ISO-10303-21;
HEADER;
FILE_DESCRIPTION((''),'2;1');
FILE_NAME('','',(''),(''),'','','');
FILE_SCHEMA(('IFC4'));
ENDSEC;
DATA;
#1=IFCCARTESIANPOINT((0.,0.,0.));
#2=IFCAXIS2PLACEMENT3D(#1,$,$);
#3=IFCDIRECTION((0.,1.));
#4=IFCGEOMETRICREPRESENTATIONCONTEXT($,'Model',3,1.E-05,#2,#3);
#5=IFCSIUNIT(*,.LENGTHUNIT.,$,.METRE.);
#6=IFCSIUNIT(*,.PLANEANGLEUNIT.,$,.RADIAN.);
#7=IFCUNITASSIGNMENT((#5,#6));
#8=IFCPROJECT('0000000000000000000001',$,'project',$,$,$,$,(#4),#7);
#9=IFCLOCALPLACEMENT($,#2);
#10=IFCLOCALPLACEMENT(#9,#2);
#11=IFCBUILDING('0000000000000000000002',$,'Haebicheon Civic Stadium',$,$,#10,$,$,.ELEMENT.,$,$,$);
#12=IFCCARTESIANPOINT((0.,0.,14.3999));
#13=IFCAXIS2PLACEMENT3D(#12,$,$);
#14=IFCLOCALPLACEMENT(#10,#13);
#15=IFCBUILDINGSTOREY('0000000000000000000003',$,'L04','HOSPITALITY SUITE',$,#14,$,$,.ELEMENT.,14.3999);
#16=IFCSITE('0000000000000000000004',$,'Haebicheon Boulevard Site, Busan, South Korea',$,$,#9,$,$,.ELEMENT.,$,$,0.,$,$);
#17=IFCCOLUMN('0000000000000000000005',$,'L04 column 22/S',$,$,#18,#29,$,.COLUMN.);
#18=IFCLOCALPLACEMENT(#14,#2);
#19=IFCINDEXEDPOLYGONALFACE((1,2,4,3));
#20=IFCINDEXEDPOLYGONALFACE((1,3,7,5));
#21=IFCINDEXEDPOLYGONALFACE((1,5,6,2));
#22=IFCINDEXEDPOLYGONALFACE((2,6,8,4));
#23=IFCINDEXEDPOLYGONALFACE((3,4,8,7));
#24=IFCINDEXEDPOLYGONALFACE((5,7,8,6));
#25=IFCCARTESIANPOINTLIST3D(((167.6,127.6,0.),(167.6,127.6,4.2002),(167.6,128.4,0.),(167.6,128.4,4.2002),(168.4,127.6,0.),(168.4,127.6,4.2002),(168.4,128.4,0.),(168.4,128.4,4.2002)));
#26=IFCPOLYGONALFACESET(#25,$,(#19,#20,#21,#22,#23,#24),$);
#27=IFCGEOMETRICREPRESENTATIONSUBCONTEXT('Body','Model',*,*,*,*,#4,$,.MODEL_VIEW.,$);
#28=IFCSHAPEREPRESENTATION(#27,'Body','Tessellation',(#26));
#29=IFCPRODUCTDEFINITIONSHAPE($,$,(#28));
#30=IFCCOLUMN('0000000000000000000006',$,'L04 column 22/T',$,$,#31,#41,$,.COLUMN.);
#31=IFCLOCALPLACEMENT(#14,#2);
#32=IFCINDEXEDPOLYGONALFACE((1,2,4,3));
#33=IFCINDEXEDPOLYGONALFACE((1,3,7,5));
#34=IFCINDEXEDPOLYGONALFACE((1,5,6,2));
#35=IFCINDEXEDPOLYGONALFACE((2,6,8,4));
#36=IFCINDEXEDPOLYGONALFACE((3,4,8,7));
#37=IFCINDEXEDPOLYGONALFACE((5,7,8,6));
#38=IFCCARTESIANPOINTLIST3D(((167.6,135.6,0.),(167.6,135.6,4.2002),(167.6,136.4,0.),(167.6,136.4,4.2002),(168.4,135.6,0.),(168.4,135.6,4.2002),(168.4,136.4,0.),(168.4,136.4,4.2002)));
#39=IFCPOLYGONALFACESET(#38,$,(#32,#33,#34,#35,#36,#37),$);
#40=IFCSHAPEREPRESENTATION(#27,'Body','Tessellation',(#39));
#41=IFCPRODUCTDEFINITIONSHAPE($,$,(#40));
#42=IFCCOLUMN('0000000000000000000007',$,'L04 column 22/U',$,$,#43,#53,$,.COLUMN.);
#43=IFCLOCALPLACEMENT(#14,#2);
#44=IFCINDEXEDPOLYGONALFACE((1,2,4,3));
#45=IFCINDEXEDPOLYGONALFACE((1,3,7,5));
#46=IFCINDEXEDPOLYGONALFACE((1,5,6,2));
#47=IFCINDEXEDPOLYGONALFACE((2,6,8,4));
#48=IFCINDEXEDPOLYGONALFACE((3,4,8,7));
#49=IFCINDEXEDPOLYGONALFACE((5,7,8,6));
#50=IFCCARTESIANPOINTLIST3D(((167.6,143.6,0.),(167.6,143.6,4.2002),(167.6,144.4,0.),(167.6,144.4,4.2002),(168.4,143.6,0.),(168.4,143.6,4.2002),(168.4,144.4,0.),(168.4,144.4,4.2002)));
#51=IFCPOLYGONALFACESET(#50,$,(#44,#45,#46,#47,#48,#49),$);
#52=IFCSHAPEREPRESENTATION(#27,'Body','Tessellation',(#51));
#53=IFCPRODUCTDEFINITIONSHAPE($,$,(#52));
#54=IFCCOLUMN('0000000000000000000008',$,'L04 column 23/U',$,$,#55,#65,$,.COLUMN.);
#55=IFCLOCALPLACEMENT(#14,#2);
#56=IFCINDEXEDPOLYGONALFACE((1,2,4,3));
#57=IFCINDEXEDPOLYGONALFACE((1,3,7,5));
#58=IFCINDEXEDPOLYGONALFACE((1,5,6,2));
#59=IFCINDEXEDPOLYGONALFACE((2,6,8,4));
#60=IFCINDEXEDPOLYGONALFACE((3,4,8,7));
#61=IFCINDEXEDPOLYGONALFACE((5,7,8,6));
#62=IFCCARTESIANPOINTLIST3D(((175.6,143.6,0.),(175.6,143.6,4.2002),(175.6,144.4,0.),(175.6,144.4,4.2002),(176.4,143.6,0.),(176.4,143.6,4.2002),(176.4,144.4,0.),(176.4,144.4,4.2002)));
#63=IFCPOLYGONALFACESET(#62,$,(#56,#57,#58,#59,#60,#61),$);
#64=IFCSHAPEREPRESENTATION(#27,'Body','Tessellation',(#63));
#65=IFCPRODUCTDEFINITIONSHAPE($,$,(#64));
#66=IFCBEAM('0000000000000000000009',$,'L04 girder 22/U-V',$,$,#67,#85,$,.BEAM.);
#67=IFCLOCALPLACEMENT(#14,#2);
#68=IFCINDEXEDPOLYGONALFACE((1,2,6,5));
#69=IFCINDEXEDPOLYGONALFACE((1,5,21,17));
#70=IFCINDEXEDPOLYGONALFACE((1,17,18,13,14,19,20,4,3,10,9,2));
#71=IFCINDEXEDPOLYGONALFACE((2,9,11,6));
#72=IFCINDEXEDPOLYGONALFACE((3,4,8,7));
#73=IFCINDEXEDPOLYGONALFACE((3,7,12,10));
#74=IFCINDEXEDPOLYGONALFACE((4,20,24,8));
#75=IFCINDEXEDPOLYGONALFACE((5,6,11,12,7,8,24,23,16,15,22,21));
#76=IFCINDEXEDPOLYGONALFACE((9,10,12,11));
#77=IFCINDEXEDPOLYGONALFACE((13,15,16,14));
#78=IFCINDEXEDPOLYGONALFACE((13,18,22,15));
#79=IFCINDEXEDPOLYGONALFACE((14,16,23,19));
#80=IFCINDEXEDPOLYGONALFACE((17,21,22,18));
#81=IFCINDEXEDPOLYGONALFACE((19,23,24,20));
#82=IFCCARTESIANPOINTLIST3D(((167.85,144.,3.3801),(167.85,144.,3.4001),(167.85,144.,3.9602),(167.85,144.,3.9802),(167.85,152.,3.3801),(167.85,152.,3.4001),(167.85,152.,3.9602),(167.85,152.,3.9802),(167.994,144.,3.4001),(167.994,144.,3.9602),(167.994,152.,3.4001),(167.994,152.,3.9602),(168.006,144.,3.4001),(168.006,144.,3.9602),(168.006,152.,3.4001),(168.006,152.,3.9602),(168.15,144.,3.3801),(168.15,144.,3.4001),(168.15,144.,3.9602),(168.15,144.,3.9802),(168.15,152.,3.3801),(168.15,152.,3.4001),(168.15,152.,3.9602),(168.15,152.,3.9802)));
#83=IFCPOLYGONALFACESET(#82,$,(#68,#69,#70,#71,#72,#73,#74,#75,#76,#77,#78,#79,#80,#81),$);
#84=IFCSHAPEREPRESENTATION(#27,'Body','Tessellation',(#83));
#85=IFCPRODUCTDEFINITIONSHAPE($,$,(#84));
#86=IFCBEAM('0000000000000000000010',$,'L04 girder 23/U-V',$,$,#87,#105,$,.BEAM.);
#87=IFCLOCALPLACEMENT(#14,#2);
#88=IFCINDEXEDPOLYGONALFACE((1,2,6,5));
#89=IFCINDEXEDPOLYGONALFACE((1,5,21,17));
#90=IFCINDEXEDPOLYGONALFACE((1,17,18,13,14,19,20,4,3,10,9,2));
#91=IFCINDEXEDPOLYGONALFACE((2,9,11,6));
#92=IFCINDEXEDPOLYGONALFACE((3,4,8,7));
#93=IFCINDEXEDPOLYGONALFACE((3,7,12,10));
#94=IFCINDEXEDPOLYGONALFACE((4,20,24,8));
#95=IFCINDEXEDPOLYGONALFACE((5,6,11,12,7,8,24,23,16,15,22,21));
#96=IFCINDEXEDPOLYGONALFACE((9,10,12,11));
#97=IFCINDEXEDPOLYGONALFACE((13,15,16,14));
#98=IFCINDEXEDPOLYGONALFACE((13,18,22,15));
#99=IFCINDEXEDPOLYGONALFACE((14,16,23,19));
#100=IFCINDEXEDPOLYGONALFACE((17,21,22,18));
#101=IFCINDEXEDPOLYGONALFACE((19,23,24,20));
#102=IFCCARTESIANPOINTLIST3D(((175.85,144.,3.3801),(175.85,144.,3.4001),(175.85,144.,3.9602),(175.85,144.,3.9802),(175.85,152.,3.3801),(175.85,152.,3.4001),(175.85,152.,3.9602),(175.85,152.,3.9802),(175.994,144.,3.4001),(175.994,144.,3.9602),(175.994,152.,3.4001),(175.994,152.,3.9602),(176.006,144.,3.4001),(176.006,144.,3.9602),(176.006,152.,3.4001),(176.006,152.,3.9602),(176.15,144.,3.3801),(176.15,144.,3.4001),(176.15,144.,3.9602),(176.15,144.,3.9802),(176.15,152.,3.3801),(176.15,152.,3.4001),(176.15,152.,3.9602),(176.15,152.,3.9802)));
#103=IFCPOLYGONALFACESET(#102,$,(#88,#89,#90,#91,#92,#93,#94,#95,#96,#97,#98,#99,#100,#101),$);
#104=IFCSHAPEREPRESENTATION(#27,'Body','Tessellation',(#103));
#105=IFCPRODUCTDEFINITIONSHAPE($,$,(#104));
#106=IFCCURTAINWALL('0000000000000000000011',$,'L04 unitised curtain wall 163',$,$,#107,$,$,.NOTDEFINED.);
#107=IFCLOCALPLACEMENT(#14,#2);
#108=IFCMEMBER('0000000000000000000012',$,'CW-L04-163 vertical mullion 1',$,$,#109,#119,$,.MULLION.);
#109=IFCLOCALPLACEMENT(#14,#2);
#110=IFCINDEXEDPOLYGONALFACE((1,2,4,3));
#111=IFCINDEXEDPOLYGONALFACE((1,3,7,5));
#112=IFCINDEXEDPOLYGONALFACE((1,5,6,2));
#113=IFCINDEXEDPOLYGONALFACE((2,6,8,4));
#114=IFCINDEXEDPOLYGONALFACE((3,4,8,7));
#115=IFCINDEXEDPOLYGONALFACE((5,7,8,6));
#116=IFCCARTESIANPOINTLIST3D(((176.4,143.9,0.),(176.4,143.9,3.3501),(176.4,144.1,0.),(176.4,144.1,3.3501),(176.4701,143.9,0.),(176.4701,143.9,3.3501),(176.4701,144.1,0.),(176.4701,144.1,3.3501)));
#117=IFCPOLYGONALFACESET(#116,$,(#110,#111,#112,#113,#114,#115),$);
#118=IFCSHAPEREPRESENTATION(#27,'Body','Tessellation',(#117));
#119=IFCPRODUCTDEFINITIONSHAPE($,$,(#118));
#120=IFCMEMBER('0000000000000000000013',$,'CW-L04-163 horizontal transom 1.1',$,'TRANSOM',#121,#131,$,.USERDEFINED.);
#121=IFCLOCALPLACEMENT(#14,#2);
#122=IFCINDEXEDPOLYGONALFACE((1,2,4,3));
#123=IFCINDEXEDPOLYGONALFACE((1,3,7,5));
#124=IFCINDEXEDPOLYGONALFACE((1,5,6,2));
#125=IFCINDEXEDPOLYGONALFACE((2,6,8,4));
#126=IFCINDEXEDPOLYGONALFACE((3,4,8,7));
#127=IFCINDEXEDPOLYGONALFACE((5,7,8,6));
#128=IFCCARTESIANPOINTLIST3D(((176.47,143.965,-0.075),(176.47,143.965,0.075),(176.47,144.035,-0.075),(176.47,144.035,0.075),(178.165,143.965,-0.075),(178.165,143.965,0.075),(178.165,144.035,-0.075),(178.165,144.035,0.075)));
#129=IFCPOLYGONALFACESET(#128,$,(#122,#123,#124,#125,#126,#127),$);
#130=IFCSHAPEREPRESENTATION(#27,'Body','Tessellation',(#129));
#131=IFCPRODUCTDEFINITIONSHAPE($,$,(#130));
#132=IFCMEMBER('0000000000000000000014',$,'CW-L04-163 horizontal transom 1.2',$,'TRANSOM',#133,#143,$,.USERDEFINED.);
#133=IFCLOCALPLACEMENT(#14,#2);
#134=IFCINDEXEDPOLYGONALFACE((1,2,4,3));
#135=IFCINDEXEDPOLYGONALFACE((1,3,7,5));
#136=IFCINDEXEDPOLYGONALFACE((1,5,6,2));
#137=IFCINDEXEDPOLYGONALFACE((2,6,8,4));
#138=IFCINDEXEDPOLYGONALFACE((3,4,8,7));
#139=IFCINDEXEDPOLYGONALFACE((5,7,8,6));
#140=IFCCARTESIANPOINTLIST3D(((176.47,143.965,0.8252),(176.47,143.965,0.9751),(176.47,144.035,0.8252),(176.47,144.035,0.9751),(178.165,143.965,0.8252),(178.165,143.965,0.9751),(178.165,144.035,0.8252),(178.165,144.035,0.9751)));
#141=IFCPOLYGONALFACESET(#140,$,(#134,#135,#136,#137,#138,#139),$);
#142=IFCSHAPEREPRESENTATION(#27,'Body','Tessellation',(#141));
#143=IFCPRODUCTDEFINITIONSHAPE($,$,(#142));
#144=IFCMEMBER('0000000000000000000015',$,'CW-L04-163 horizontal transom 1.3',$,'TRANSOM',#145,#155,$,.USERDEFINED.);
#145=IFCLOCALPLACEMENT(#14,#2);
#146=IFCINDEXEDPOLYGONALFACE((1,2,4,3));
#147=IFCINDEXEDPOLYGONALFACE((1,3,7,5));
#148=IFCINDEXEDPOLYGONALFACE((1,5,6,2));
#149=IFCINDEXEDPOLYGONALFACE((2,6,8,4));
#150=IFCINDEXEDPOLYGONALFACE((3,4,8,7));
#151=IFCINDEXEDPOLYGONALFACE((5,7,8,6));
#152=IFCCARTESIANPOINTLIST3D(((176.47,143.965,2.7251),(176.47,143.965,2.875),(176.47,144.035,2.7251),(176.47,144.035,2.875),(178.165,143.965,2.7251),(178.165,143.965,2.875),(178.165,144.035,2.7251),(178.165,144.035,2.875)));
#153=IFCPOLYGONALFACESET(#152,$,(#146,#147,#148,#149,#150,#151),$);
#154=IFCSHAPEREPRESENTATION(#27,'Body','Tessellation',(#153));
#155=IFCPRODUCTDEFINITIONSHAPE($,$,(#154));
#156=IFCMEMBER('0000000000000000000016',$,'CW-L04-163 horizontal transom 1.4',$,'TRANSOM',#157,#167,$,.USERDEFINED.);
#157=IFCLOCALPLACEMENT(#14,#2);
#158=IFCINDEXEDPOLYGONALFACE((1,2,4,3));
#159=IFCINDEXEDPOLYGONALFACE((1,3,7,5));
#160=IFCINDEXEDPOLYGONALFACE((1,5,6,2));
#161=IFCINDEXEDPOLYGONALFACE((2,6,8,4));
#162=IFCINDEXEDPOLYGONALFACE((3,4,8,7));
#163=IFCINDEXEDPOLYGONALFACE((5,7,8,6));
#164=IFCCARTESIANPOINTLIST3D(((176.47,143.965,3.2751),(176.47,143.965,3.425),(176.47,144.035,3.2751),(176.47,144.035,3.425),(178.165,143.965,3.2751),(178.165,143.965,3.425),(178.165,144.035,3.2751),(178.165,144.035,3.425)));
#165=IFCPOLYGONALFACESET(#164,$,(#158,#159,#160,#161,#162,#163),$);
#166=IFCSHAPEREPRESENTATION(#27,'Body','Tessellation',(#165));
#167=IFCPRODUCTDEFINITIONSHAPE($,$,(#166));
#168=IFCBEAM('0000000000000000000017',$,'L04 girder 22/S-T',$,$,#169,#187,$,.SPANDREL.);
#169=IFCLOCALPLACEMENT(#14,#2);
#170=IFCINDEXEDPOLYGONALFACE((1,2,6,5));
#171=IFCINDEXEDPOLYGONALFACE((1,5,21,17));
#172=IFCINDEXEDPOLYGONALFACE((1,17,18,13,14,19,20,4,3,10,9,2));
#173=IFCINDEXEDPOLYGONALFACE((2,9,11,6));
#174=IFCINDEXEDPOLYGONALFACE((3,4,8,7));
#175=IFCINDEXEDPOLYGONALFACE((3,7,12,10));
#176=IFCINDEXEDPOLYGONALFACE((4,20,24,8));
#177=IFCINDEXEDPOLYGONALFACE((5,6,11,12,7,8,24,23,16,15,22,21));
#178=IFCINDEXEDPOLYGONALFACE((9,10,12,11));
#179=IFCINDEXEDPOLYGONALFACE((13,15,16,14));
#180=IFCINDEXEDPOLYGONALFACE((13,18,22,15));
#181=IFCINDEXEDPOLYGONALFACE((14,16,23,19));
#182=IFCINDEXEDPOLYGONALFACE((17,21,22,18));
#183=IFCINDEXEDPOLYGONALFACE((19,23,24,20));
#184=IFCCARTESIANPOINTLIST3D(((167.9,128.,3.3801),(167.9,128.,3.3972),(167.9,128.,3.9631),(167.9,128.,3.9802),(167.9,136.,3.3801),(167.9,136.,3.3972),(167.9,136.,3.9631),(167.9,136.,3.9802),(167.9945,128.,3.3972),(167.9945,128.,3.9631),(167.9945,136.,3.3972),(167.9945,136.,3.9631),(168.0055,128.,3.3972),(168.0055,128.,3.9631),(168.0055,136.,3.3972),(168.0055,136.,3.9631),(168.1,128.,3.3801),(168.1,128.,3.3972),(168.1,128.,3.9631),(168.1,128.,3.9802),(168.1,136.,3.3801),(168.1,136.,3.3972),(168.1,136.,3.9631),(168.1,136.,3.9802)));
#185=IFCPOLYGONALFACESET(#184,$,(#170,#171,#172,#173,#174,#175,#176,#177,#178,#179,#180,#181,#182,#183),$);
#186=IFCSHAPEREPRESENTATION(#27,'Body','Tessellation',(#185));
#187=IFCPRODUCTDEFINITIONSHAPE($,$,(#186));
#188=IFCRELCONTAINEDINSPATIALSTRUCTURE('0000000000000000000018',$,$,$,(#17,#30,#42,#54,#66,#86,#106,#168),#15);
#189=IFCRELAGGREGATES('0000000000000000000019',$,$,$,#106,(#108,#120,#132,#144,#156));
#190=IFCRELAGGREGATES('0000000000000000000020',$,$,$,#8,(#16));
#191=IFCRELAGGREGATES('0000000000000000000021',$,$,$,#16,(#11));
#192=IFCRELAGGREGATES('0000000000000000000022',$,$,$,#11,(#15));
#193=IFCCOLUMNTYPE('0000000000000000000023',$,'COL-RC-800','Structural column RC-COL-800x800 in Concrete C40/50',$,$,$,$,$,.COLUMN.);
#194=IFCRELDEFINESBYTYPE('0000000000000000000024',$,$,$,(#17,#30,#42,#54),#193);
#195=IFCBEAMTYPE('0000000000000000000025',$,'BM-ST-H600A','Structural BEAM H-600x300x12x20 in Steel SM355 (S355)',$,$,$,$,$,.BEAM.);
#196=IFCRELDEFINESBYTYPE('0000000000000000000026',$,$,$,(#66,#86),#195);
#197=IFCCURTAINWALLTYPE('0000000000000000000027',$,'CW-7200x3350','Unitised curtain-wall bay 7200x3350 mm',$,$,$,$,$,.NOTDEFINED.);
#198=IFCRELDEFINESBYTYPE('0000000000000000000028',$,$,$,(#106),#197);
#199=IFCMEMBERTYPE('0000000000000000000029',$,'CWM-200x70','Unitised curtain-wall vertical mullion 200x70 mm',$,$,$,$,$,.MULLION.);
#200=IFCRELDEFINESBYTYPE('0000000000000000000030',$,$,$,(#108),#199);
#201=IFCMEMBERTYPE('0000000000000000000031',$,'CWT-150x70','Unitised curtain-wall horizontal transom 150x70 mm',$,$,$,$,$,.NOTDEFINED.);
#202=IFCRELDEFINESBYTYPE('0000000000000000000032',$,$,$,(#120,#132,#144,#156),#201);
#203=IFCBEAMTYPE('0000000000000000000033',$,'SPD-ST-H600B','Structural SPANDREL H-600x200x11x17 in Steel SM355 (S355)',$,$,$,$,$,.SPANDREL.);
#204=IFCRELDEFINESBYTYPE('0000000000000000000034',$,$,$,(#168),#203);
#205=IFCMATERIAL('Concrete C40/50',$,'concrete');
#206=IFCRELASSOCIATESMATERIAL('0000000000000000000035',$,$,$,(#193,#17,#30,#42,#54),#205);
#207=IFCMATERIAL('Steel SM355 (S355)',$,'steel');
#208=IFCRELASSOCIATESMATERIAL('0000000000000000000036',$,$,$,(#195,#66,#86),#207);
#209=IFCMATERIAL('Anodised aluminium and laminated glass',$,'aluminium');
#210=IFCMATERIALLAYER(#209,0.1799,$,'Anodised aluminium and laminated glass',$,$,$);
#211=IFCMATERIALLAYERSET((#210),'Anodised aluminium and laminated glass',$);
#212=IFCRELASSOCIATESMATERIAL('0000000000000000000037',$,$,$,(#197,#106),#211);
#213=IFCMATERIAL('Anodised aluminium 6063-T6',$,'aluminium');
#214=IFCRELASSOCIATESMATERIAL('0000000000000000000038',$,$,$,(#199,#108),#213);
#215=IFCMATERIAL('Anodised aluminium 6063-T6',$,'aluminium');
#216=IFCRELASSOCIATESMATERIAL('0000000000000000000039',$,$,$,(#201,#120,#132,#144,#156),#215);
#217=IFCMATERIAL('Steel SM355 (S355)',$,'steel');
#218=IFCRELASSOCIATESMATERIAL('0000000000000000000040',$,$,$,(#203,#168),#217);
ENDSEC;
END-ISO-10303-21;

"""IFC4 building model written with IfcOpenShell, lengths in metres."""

from ifc_helpers import new_model, si_unit, direction, frame, origin, origin_2d, place, context, subcontext, project, spatial, rectangle, i_section, extrude, material, layer, layer_set, material_profile, profile_set, type_object, element, aggregate, save


model = new_model("IFC4")

# Units and contexts
model_context = context("Model", 3, precision=1e-05, world=origin(), true_north=direction((0.0, 1.0)))
body_context = subcontext(model_context, "Body", "Model", "MODEL_VIEW")
ifc_project = project(units=[si_unit("LENGTHUNIT", "METRE"), si_unit("PLANEANGLEUNIT", "RADIAN")], contexts=[model_context])

# Site, building, storey
site_placement = place(None, origin())
site = spatial("IfcSite", under=ifc_project, at=site_placement, Name="Haebicheon Boulevard Site, Busan, South Korea", CompositionType="ELEMENT", RefElevation=0.0)
building_placement = place(site_placement, origin())
building = spatial("IfcBuilding", under=site, at=building_placement, Name="Haebicheon Civic Stadium", CompositionType="ELEMENT")
storey_placement = place(building_placement, frame((0.0, 0.0, 14.3999)))
storey = spatial("IfcBuildingStorey", under=building, at=storey_placement, Name="L04", Description="HOSPITALITY SUITE", CompositionType="ELEMENT", Elevation=14.3999)

# Columns
ifc_material_1 = material(Name="Concrete C40/50", Category="concrete")
ifc_material_profile_1 = material_profile(ifc_material_1, rectangle(XDim=0.8, YDim=0.8, at=origin_2d()), Name="RC-COL-800x800")
ifc_profile_set_1 = profile_set([ifc_material_profile_1], Name="Concrete C40/50")
column_type = type_object("IfcColumnType", Name="COL-RC-800", Description="Structural column RC-COL-800x800 in Concrete C40/50", PredefinedType="COLUMN", material=ifc_profile_set_1)
for number, where, z_axis, x_axis, name in (
    (1, (168.0, 128.0, 0.0), (0.0, 0.0, 1.0), (1.0, 0.0, 0.0), "L04 column 22/S"),
    (2, (168.0, 136.0, 0.0), (0.0, 0.0, 1.0), (1.0, 0.0, 0.0), "L04 column 22/T"),
    (3, (168.0, 144.0, 0.0), (0.0, 0.0, 1.0), (1.0, 0.0, 0.0), "L04 column 22/U"),
    (4, (176.0, 144.0, 0.0), (0.0, 0.0, 1.0), (1.0, 0.0, 0.0), "L04 column 23/U"),
):
    element("IfcColumn", number, at=place(storey_placement, frame(where, z_axis=z_axis, x_axis=x_axis)), inside=storey, type_object=column_type, material=ifc_profile_set_1, Name=name, PredefinedType="COLUMN", context=body_context, shape_type="SweptSolid", body=[
        extrude(rectangle(XDim=0.8, YDim=0.8, at=origin_2d()), origin(), (0.0, 0.0, 1.0), 4.2002),
    ])

# Beams
ifc_material_2 = material(Name="Steel SM355 (S355)", Category="steel")
ifc_material_profile_2 = material_profile(ifc_material_2, i_section(OverallWidth=0.3, OverallDepth=0.6001, WebThickness=0.012, FlangeThickness=0.02, at=origin_2d()), Name="H-600x300x12x20")
ifc_profile_set_2 = profile_set([ifc_material_profile_2], Name="Steel SM355 (S355)")
beam_type_1 = type_object("IfcBeamType", Name="BM-ST-H600A", Description="Structural BEAM H-600x300x12x20 in Steel SM355 (S355)", PredefinedType="BEAM", material=ifc_profile_set_2)
for number, where, z_axis, x_axis, name in (
    (5, (168.0, 144.0, 3.6802), (0.0, 1.0, 0.0), (-1.0, 0.0, 0.0), "L04 girder 22/U-V"),
    (6, (176.0, 144.0, 3.6802), (0.0, 1.0, 0.0), (-1.0, 0.0, 0.0), "L04 girder 23/U-V"),
):
    element("IfcBeam", number, at=place(storey_placement, frame(where, z_axis=z_axis, x_axis=x_axis)), inside=storey, type_object=beam_type_1, material=ifc_profile_set_2, Name=name, PredefinedType="BEAM", context=body_context, shape_type="SweptSolid", body=[
        extrude(i_section(OverallWidth=0.3, OverallDepth=0.6001, WebThickness=0.012, FlangeThickness=0.02, at=origin_2d()), origin(), (0.0, 0.0, 1.0), 8.0),
    ])

# Curtain wall, members
ifc_material_3 = material(Name="Anodised aluminium and laminated glass", Category="aluminium")
ifc_layer_1 = layer(ifc_material_3, 0.1799, Name="Anodised aluminium and laminated glass")
ifc_layer_set_1 = layer_set([ifc_layer_1], Name="Anodised aluminium and laminated glass")
curtain_wall_type = type_object("IfcCurtainWallType", Name="CW-7200x3350", Description="Unitised curtain-wall bay 7200x3350 mm", PredefinedType="NOTDEFINED", material=ifc_layer_set_1)
curtain_wall_placement = place(storey_placement, origin())
curtain_wall = element("IfcCurtainWall", 7, at=curtain_wall_placement, inside=storey, type_object=curtain_wall_type, material=ifc_layer_set_1, Name="L04 unitised curtain wall 163", PredefinedType="NOTDEFINED")
ifc_material_4 = material(Name="Anodised aluminium 6063-T6", Category="aluminium")
ifc_material_profile_3 = material_profile(ifc_material_4, rectangle(XDim=0.0701, YDim=0.2, at=origin_2d()), Name="ALU-MULL-70x200")
ifc_profile_set_3 = profile_set([ifc_material_profile_3], Name="Anodised aluminium 6063-T6")
member_type_1 = type_object("IfcMemberType", Name="CWM-200x70", Description="Unitised curtain-wall vertical mullion 200x70 mm", PredefinedType="MULLION", material=ifc_profile_set_3)
member_1_placement = place(storey_placement, frame((176.4351, 144.0, 0.0), z_axis=(0.0, 0.0, 1.0), x_axis=(1.0, 0.0, 0.0)))
member_1 = element("IfcMember", 8, at=member_1_placement, type_object=member_type_1, material=ifc_profile_set_3, Name="CW-L04-163 vertical mullion 1", PredefinedType="MULLION", context=body_context, shape_type="SweptSolid", body=[
    extrude(rectangle(XDim=0.0701, YDim=0.2, at=origin_2d()), origin(), (0.0, 0.0, 1.0), 3.3501),
])
ifc_material_5 = material(Name="Anodised aluminium 6063-T6", Category="aluminium")
ifc_material_profile_4 = material_profile(ifc_material_5, rectangle(XDim=0.0701, YDim=0.1499, at=origin_2d()), Name="ALU-TRAN-70x150")
ifc_profile_set_4 = profile_set([ifc_material_profile_4], Name="Anodised aluminium 6063-T6")
member_type_2 = type_object("IfcMemberType", Name="CWT-150x70", Description="Unitised curtain-wall horizontal transom 150x70 mm", PredefinedType="NOTDEFINED", material=ifc_profile_set_4)
member_2_placement = place(storey_placement, frame((176.47, 144.0, 0.0), z_axis=(1.0, 0.0, 0.0), x_axis=(0.0, 1.0, 0.0)))
member_2 = element("IfcMember", 9, at=member_2_placement, type_object=member_type_2, material=ifc_profile_set_4, Name="CW-L04-163 horizontal transom 1.1", ObjectType="TRANSOM", PredefinedType="USERDEFINED", context=body_context, shape_type="SweptSolid", body=[
    extrude(rectangle(XDim=0.0701, YDim=0.1499, at=origin_2d()), origin(), (0.0, 0.0, 1.0), 1.6951),
])
member_3_placement = place(storey_placement, frame((176.47, 144.0, 0.9001), z_axis=(1.0, 0.0, 0.0), x_axis=(0.0, 1.0, 0.0)))
member_3 = element("IfcMember", 10, at=member_3_placement, type_object=member_type_2, material=ifc_profile_set_4, Name="CW-L04-163 horizontal transom 1.2", ObjectType="TRANSOM", PredefinedType="USERDEFINED", context=body_context, shape_type="SweptSolid", body=[
    extrude(rectangle(XDim=0.0701, YDim=0.1499, at=origin_2d()), origin(), (0.0, 0.0, 1.0), 1.6951),
])
member_4_placement = place(storey_placement, frame((176.47, 144.0, 2.8), z_axis=(1.0, 0.0, 0.0), x_axis=(0.0, 1.0, 0.0)))
member_4 = element("IfcMember", 11, at=member_4_placement, type_object=member_type_2, material=ifc_profile_set_4, Name="CW-L04-163 horizontal transom 1.3", ObjectType="TRANSOM", PredefinedType="USERDEFINED", context=body_context, shape_type="SweptSolid", body=[
    extrude(rectangle(XDim=0.0701, YDim=0.1499, at=origin_2d()), origin(), (0.0, 0.0, 1.0), 1.6951),
])
member_5_placement = place(storey_placement, frame((176.47, 144.0, 3.3501), z_axis=(1.0, 0.0, 0.0), x_axis=(0.0, 1.0, 0.0)))
member_5 = element("IfcMember", 12, at=member_5_placement, type_object=member_type_2, material=ifc_profile_set_4, Name="CW-L04-163 horizontal transom 1.4", ObjectType="TRANSOM", PredefinedType="USERDEFINED", context=body_context, shape_type="SweptSolid", body=[
    extrude(rectangle(XDim=0.0701, YDim=0.1499, at=origin_2d()), origin(), (0.0, 0.0, 1.0), 1.6951),
])
aggregate(curtain_wall, [member_1, member_2, member_3, member_4, member_5])

# Beam
ifc_material_6 = material(Name="Steel SM355 (S355)", Category="steel")
ifc_material_profile_5 = material_profile(ifc_material_6, i_section(OverallWidth=0.2, OverallDepth=0.6001, WebThickness=0.011, FlangeThickness=0.0171, at=origin_2d()), Name="H-600x200x11x17")
ifc_profile_set_5 = profile_set([ifc_material_profile_5], Name="Steel SM355 (S355)")
beam_type_2 = type_object("IfcBeamType", Name="SPD-ST-H600B", Description="Structural SPANDREL H-600x200x11x17 in Steel SM355 (S355)", PredefinedType="SPANDREL", material=ifc_profile_set_5)
for number, where, z_axis, x_axis, name in (
    (13, (168.0, 128.0, 3.6802), (0.0, 1.0, 0.0), (-1.0, 0.0, 0.0), "L04 girder 22/S-T"),
):
    element("IfcBeam", number, at=place(storey_placement, frame(where, z_axis=z_axis, x_axis=x_axis)), inside=storey, type_object=beam_type_2, material=ifc_profile_set_5, Name=name, PredefinedType="SPANDREL", context=body_context, shape_type="SweptSolid", body=[
        extrude(i_section(OverallWidth=0.2, OverallDepth=0.6001, WebThickness=0.011, FlangeThickness=0.0171, at=origin_2d()), origin(), (0.0, 0.0, 1.0), 8.0),
    ])

save(model, "model.ifc")
